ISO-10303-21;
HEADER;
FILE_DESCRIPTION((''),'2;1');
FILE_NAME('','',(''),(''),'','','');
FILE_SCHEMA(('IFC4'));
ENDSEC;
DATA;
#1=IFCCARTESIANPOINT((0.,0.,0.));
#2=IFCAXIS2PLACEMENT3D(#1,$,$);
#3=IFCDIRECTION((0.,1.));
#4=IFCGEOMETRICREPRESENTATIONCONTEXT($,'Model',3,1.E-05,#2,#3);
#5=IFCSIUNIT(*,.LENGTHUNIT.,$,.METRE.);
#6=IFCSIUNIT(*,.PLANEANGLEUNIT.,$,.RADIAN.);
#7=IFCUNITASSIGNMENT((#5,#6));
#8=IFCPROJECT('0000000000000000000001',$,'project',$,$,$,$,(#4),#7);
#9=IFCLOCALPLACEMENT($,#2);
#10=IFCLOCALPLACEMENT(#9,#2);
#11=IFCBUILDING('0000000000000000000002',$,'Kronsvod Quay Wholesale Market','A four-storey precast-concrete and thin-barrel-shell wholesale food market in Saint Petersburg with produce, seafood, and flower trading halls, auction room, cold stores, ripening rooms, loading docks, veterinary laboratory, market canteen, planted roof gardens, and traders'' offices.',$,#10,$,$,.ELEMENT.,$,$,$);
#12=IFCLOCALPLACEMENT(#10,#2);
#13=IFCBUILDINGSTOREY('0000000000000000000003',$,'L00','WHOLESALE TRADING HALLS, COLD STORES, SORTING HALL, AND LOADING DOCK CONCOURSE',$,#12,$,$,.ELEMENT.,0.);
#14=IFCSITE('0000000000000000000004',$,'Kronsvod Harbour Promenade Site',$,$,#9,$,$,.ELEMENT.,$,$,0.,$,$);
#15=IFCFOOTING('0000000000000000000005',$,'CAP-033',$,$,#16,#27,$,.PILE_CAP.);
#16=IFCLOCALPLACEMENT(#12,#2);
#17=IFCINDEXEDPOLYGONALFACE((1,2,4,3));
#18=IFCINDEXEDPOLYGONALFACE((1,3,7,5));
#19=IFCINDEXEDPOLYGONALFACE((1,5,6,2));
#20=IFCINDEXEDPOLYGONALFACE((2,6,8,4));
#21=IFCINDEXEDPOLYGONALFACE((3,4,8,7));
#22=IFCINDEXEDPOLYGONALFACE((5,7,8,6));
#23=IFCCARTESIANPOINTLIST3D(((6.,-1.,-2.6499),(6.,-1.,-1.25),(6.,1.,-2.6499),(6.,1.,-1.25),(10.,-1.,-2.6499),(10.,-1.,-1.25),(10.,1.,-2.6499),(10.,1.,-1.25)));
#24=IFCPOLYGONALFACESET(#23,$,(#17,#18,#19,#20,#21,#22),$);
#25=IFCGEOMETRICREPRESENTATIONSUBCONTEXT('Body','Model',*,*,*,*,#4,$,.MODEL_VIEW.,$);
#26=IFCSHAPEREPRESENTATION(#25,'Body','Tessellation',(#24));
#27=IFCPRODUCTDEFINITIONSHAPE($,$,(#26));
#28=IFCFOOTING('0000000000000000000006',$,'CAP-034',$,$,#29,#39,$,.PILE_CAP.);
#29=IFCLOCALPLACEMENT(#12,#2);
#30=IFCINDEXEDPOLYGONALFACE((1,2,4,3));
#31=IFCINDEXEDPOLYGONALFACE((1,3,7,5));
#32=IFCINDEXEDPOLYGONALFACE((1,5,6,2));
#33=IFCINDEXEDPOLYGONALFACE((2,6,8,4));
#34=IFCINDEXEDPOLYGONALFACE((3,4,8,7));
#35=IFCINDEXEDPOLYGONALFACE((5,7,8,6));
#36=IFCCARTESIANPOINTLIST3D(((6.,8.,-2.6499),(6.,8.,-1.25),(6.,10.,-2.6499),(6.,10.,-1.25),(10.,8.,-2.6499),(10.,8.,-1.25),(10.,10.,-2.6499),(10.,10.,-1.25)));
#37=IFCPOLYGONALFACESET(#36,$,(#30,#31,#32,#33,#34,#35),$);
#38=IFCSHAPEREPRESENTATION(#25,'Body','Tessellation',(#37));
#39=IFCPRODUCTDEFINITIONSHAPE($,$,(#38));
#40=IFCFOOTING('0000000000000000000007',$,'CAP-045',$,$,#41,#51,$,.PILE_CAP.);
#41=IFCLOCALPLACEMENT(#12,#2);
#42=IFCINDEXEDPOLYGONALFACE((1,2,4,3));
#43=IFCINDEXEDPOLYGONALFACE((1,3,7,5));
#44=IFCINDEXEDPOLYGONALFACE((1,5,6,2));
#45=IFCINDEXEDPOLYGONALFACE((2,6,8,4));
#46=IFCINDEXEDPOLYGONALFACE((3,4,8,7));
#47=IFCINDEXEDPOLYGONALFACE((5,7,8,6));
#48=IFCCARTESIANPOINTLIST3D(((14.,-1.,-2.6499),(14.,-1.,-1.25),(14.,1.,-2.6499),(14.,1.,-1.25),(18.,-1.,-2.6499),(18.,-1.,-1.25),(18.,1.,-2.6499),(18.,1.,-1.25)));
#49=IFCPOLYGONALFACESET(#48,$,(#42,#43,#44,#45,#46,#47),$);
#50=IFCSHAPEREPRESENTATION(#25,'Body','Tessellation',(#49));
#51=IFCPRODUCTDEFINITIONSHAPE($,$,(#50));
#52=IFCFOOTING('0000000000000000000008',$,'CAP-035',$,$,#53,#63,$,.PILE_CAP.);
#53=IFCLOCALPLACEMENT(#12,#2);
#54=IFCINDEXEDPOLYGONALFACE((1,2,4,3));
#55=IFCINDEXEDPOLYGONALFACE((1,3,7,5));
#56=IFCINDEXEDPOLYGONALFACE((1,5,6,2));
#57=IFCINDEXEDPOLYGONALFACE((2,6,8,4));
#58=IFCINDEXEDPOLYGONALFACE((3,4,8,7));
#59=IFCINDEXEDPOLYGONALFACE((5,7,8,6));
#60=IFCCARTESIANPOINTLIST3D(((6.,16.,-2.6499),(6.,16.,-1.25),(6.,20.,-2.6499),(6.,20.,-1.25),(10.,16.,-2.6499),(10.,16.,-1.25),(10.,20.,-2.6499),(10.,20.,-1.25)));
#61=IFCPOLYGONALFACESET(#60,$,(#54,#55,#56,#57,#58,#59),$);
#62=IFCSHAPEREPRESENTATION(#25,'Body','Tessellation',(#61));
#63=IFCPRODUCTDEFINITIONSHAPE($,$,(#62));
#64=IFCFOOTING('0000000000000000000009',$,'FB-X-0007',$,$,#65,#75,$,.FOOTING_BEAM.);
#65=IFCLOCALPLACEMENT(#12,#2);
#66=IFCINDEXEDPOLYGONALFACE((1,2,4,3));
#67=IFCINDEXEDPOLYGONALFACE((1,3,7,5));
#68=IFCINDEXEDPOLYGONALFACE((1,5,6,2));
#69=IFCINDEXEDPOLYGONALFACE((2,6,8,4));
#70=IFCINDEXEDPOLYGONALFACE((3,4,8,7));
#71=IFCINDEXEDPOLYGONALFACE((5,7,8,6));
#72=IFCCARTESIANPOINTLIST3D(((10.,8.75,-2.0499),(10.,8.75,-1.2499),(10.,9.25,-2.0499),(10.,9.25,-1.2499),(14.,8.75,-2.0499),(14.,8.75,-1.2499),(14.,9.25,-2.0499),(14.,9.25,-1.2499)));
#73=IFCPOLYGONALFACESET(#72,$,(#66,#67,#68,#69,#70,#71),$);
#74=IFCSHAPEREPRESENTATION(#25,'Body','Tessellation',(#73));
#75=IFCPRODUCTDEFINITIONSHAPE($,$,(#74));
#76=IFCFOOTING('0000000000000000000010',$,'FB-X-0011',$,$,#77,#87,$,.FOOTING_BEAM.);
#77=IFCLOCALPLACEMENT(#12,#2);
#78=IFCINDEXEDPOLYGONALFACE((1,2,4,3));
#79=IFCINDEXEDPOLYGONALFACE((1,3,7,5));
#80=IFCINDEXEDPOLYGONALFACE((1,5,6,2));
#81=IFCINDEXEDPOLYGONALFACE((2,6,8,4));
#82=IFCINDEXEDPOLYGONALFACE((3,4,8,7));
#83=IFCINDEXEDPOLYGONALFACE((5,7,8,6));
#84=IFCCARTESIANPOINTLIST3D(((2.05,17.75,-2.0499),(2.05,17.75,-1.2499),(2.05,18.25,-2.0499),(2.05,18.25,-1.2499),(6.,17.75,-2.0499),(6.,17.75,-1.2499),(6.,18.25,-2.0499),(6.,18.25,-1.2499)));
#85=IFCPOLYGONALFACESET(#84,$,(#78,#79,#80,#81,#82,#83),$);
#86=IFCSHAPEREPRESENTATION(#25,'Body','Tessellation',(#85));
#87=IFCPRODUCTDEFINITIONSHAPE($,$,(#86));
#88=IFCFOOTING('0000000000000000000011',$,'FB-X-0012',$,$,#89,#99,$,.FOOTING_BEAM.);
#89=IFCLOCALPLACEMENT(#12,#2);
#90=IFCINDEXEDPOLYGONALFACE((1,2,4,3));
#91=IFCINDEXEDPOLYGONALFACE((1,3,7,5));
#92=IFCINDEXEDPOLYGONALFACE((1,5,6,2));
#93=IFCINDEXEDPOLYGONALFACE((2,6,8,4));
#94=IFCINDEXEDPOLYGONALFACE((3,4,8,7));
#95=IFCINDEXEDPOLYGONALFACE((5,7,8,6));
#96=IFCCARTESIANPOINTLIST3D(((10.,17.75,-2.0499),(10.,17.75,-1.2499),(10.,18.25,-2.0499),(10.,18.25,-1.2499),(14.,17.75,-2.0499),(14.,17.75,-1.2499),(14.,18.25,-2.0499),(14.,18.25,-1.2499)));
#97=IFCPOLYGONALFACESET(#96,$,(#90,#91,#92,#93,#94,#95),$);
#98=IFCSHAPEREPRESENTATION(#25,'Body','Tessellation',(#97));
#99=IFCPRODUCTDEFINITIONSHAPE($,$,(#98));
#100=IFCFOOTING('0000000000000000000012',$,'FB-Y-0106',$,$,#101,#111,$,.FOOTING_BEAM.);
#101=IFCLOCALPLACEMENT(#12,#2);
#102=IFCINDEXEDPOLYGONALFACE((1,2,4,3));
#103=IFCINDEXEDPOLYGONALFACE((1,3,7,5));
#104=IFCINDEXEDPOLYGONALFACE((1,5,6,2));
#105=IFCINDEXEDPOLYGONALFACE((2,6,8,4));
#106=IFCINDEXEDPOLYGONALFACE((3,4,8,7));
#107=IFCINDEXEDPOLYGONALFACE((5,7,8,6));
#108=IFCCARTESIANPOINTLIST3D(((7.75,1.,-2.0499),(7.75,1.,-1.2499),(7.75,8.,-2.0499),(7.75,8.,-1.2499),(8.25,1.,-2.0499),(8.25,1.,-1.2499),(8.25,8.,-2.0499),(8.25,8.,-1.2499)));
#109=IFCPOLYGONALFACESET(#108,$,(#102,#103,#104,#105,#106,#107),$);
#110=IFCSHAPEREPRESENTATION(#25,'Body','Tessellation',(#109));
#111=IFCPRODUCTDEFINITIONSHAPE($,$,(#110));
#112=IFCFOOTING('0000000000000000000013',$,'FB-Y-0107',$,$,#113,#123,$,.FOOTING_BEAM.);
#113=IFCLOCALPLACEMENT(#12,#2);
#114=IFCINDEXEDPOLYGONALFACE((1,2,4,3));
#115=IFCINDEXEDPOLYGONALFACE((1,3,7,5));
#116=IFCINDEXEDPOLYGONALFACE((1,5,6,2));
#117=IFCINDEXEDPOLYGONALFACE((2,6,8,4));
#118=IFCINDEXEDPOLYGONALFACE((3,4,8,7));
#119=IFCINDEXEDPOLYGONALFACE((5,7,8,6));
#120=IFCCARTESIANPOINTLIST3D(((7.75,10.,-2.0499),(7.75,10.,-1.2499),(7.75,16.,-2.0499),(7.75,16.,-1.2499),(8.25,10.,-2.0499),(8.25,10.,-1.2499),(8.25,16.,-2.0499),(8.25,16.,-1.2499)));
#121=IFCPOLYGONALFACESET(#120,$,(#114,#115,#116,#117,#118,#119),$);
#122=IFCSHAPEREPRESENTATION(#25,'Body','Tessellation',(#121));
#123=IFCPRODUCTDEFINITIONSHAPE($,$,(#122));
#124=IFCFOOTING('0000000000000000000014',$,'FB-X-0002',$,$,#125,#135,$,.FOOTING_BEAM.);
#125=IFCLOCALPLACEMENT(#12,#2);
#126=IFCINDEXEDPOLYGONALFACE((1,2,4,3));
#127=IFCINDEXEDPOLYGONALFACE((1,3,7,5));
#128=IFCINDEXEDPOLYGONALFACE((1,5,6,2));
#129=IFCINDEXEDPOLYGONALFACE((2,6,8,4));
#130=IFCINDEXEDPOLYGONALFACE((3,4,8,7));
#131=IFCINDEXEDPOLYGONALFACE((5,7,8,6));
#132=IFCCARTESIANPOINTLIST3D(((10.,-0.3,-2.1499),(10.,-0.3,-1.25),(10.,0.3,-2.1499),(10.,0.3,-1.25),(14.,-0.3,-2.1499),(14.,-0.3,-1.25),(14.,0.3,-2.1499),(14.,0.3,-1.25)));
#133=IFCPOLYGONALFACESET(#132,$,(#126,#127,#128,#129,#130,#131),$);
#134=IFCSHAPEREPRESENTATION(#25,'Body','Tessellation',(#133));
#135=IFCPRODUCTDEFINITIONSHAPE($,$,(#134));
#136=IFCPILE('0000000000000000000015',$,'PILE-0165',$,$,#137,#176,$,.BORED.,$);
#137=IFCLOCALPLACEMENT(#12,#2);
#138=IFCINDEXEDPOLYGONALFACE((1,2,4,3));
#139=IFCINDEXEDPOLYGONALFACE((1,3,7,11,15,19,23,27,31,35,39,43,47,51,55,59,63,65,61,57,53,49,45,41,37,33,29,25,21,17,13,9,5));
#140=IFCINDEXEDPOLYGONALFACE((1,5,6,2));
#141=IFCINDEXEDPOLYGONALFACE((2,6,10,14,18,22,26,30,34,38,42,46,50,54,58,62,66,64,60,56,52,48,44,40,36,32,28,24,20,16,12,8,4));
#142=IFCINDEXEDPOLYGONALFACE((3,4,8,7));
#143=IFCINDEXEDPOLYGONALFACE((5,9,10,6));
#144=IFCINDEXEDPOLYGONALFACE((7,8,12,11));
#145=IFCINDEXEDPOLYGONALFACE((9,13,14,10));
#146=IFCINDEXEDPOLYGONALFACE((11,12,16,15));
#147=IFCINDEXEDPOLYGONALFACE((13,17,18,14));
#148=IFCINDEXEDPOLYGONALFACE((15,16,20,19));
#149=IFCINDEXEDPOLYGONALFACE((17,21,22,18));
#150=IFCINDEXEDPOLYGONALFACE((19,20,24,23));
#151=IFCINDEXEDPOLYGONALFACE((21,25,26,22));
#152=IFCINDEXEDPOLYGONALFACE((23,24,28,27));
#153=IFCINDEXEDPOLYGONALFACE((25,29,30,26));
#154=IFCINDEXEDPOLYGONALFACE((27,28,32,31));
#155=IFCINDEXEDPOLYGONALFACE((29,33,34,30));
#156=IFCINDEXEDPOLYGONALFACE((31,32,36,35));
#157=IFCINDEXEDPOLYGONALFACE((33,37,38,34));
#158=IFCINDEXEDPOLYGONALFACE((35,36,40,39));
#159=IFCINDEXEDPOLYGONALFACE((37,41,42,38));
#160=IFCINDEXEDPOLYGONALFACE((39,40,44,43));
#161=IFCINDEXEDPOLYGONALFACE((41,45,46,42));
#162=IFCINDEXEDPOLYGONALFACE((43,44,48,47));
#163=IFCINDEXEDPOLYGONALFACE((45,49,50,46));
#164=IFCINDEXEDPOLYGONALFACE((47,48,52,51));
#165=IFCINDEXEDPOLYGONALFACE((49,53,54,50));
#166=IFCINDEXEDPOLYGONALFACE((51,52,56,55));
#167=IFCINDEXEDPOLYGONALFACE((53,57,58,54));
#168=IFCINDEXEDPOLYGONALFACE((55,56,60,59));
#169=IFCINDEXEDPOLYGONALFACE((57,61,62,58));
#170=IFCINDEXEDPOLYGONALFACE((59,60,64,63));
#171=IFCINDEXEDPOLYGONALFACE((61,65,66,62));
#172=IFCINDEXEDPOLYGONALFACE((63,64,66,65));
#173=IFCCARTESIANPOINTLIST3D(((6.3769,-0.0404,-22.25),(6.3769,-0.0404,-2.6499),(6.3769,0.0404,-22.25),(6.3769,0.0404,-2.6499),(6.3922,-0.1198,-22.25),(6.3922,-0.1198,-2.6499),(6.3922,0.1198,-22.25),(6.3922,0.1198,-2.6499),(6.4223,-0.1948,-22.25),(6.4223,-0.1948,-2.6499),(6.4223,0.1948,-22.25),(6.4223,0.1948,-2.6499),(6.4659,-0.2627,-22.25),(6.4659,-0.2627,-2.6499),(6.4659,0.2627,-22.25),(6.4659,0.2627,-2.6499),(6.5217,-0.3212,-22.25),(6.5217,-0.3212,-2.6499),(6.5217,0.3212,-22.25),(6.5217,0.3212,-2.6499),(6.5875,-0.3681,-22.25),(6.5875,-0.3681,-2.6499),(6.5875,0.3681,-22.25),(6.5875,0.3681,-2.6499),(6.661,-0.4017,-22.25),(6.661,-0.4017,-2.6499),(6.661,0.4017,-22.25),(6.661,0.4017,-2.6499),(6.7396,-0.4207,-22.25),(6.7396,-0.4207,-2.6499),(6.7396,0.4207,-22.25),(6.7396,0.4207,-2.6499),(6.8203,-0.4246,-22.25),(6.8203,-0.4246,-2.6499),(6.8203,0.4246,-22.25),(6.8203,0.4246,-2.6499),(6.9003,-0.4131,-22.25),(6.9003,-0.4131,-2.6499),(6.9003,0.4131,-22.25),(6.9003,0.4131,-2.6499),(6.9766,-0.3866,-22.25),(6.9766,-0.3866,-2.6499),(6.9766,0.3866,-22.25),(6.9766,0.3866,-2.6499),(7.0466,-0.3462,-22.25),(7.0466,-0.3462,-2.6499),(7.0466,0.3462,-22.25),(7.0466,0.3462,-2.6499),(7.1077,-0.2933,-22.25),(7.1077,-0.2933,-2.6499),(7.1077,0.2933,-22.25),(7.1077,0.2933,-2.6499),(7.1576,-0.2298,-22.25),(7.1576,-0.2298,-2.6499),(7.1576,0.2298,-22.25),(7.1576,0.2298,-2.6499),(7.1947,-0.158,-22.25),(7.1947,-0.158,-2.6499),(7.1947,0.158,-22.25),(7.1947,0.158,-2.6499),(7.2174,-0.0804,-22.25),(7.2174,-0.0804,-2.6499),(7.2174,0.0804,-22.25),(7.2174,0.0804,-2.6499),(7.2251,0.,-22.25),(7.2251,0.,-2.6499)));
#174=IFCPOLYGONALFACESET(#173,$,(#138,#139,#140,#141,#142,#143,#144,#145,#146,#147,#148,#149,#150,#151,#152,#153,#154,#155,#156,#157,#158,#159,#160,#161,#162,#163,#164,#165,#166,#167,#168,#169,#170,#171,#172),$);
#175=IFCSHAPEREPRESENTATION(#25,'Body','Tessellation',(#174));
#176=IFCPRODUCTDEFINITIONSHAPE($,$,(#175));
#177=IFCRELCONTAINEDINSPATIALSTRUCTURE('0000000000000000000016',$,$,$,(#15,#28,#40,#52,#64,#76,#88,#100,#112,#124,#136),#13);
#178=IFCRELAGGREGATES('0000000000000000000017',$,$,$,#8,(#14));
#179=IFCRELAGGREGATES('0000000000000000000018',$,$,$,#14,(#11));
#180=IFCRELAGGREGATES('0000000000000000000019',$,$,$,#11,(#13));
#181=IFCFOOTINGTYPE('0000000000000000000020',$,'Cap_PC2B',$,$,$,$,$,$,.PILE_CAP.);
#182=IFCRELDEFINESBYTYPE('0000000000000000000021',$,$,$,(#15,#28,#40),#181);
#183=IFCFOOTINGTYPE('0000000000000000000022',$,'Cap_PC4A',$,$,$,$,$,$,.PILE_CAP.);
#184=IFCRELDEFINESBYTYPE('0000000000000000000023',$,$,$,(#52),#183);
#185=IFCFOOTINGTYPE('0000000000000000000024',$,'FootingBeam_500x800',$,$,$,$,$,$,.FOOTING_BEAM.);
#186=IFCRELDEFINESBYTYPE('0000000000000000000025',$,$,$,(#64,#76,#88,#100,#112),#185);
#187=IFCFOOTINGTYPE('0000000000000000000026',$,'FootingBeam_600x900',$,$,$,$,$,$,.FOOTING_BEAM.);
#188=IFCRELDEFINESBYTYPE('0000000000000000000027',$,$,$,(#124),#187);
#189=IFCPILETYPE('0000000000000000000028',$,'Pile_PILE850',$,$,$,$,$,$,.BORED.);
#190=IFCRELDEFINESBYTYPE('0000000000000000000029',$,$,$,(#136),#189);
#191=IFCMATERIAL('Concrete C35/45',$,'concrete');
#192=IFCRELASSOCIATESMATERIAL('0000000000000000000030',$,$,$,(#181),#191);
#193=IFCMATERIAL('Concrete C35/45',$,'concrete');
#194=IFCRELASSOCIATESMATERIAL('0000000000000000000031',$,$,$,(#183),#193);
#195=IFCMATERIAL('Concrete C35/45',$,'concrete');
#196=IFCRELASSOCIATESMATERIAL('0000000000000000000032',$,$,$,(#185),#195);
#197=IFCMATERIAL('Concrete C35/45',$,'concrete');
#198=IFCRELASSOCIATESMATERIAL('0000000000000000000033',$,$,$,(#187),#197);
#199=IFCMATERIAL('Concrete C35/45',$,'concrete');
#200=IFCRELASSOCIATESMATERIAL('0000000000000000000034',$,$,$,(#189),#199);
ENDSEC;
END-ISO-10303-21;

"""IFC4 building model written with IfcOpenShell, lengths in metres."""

from ifc_helpers import new_model, si_unit, direction, frame, origin, origin_2d, place, context, subcontext, project, spatial, rectangle, circle, extrude, material, material_profile, profile_set, type_object, element, save


model = new_model("IFC4")

# Units and contexts
model_context = context("Model", 3, precision=1e-05, world=origin(), true_north=direction((0.0, 1.0)))
body_context = subcontext(model_context, "Body", "Model", "MODEL_VIEW")
ifc_project = project(units=[si_unit("LENGTHUNIT", "METRE"), si_unit("PLANEANGLEUNIT", "RADIAN")], contexts=[model_context])

# Site, building, storey
site_placement = place(None, origin())
site = spatial("IfcSite", under=ifc_project, at=site_placement, Name="Kronsvod Harbour Promenade Site", CompositionType="ELEMENT", RefElevation=0.0)
building_placement = place(site_placement, origin())
building = spatial("IfcBuilding", under=site, at=building_placement, Name="Kronsvod Quay Wholesale Market", Description="A four-storey precast-concrete and thin-barrel-shell wholesale food market in Saint Petersburg with produce, seafood, and flower trading halls, auction room, cold stores, ripening rooms, loading docks, veterinary laboratory, market canteen, planted roof gardens, and traders' offices.", CompositionType="ELEMENT")
storey_placement = place(building_placement, origin())
storey = spatial("IfcBuildingStorey", under=building, at=storey_placement, Name="L00", Description="WHOLESALE TRADING HALLS, COLD STORES, SORTING HALL, AND LOADING DOCK CONCOURSE", CompositionType="ELEMENT", Elevation=0.0)

# Footings
ifc_material_1 = material(Name="Concrete C35/45", Category="concrete")
footing_type_1 = type_object("IfcFootingType", Name="Cap_PC2B", PredefinedType="PILE_CAP", material=ifc_material_1)
for number, where, z_axis, x_axis, name in (
    (1, (8.0, 0.0, -2.6499), (0.0, 0.0, 1.0), (1.0, 0.0, 0.0), "CAP-033"),
    (2, (8.0, 9.0, -2.6499), (0.0, 0.0, 1.0), (1.0, 0.0, 0.0), "CAP-034"),
    (3, (16.0, 0.0, -2.6499), (0.0, 0.0, 1.0), (1.0, 0.0, 0.0), "CAP-045"),
):
    element("IfcFooting", number, at=place(storey_placement, frame(where, z_axis=z_axis, x_axis=x_axis)), inside=storey, type_object=footing_type_1, Name=name, PredefinedType="PILE_CAP", context=body_context, shape_type="SweptSolid", body=[
        extrude(rectangle(XDim=4.0, YDim=2.0, at=origin_2d()), origin(), (0.0, 0.0, 1.0), 1.3999),
    ])
ifc_material_2 = material(Name="Concrete C35/45", Category="concrete")
footing_type_2 = type_object("IfcFootingType", Name="Cap_PC4A", PredefinedType="PILE_CAP", material=ifc_material_2)
footing_1_placement = place(storey_placement, frame((8.0, 18.0, -2.6499), z_axis=(0.0, 0.0, 1.0), x_axis=(1.0, 0.0, 0.0)))
element("IfcFooting", 4, at=footing_1_placement, inside=storey, type_object=footing_type_2, Name="CAP-035", PredefinedType="PILE_CAP", context=body_context, shape_type="SweptSolid", body=[
    extrude(rectangle(XDim=4.0, YDim=4.0, at=origin_2d()), origin(), (0.0, 0.0, 1.0), 1.3999),
])
ifc_material_3 = material(Name="Concrete C35/45", Category="concrete")
ifc_material_profile_1 = material_profile(ifc_material_3, rectangle(XDim=0.5, YDim=0.8, at=origin_2d()), Name="FB-01")
ifc_profile_set_1 = profile_set([ifc_material_profile_1], Name="Concrete C35/45")
footing_type_3 = type_object("IfcFootingType", Name="FootingBeam_500x800", PredefinedType="FOOTING_BEAM", material=ifc_profile_set_1)
footing_2_placement = place(storey_placement, frame((10.0, 9.0, -1.6499), z_axis=(1.0, 0.0, 0.0), x_axis=(0.0, 1.0, 0.0)))
element("IfcFooting", 5, at=footing_2_placement, inside=storey, type_object=footing_type_3, Name="FB-X-0007", PredefinedType="FOOTING_BEAM", context=body_context, shape_type="SweptSolid", body=[
    extrude(rectangle(XDim=0.5, YDim=0.8, at=origin_2d()), origin(), (0.0, 0.0, 1.0), 4.0),
])
footing_3_placement = place(storey_placement, frame((2.05, 18.0, -1.6499), z_axis=(1.0, 0.0, 0.0), x_axis=(0.0, 1.0, 0.0)))
element("IfcFooting", 6, at=footing_3_placement, inside=storey, type_object=footing_type_3, Name="FB-X-0011", PredefinedType="FOOTING_BEAM", context=body_context, shape_type="SweptSolid", body=[
    extrude(rectangle(XDim=0.5, YDim=0.8, at=origin_2d()), origin(), (0.0, 0.0, 1.0), 3.95),
])
footing_4_placement = place(storey_placement, frame((10.0, 18.0, -1.6499), z_axis=(1.0, 0.0, 0.0), x_axis=(0.0, 1.0, 0.0)))
element("IfcFooting", 7, at=footing_4_placement, inside=storey, type_object=footing_type_3, Name="FB-X-0012", PredefinedType="FOOTING_BEAM", context=body_context, shape_type="SweptSolid", body=[
    extrude(rectangle(XDim=0.5, YDim=0.8, at=origin_2d()), origin(), (0.0, 0.0, 1.0), 4.0),
])
footing_5_placement = place(storey_placement, frame((8.0, 1.0, -1.6499), z_axis=(0.0, 1.0, 0.0), x_axis=(-1.0, 0.0, 0.0)))
element("IfcFooting", 8, at=footing_5_placement, inside=storey, type_object=footing_type_3, Name="FB-Y-0106", PredefinedType="FOOTING_BEAM", context=body_context, shape_type="SweptSolid", body=[
    extrude(rectangle(XDim=0.5, YDim=0.8, at=origin_2d()), origin(), (0.0, 0.0, 1.0), 7.0),
])
footing_6_placement = place(storey_placement, frame((8.0, 10.0, -1.6499), z_axis=(0.0, 1.0, 0.0), x_axis=(-1.0, 0.0, 0.0)))
element("IfcFooting", 9, at=footing_6_placement, inside=storey, type_object=footing_type_3, Name="FB-Y-0107", PredefinedType="FOOTING_BEAM", context=body_context, shape_type="SweptSolid", body=[
    extrude(rectangle(XDim=0.5, YDim=0.8, at=origin_2d()), origin(), (0.0, 0.0, 1.0), 6.0),
])
ifc_material_4 = material(Name="Concrete C35/45", Category="concrete")
ifc_material_profile_2 = material_profile(ifc_material_4, rectangle(XDim=0.6001, YDim=0.8999, at=origin_2d()), Name="FB-02")
ifc_profile_set_2 = profile_set([ifc_material_profile_2], Name="Concrete C35/45")
footing_type_4 = type_object("IfcFootingType", Name="FootingBeam_600x900", PredefinedType="FOOTING_BEAM", material=ifc_profile_set_2)
footing_7_placement = place(storey_placement, frame((10.0, 0.0, -1.7), z_axis=(1.0, 0.0, 0.0), x_axis=(0.0, 1.0, 0.0)))
element("IfcFooting", 10, at=footing_7_placement, inside=storey, type_object=footing_type_4, Name="FB-X-0002", PredefinedType="FOOTING_BEAM", context=body_context, shape_type="SweptSolid", body=[
    extrude(rectangle(XDim=0.6001, YDim=0.8999, at=origin_2d()), origin(), (0.0, 0.0, 1.0), 4.0),
])

# Pile
ifc_material_5 = material(Name="Concrete C35/45", Category="concrete")
ifc_material_profile_3 = material_profile(ifc_material_5, circle(Radius=0.425, at=origin_2d()), Name="PILE850")
ifc_profile_set_3 = profile_set([ifc_material_profile_3], Name="Concrete C35/45")
pile_type_1 = type_object("IfcPileType", Name="Pile_PILE850", PredefinedType="BORED", material=ifc_profile_set_3)
for number, where, z_axis, x_axis, name in (
    (11, (6.8, 0.0, -2.6499), (0.0, 0.0, -1.0), (1.0, 0.0, 0.0), "PILE-0165"),
):
    element("IfcPile", number, at=place(storey_placement, frame(where, z_axis=z_axis, x_axis=x_axis)), inside=storey, type_object=pile_type_1, Name=name, PredefinedType="BORED", context=body_context, shape_type="SweptSolid", body=[
        extrude(circle(Radius=0.425, at=origin_2d()), origin(), (0.0, 0.0, 1.0), 19.6001),
    ])

save(model, "model.ifc")
